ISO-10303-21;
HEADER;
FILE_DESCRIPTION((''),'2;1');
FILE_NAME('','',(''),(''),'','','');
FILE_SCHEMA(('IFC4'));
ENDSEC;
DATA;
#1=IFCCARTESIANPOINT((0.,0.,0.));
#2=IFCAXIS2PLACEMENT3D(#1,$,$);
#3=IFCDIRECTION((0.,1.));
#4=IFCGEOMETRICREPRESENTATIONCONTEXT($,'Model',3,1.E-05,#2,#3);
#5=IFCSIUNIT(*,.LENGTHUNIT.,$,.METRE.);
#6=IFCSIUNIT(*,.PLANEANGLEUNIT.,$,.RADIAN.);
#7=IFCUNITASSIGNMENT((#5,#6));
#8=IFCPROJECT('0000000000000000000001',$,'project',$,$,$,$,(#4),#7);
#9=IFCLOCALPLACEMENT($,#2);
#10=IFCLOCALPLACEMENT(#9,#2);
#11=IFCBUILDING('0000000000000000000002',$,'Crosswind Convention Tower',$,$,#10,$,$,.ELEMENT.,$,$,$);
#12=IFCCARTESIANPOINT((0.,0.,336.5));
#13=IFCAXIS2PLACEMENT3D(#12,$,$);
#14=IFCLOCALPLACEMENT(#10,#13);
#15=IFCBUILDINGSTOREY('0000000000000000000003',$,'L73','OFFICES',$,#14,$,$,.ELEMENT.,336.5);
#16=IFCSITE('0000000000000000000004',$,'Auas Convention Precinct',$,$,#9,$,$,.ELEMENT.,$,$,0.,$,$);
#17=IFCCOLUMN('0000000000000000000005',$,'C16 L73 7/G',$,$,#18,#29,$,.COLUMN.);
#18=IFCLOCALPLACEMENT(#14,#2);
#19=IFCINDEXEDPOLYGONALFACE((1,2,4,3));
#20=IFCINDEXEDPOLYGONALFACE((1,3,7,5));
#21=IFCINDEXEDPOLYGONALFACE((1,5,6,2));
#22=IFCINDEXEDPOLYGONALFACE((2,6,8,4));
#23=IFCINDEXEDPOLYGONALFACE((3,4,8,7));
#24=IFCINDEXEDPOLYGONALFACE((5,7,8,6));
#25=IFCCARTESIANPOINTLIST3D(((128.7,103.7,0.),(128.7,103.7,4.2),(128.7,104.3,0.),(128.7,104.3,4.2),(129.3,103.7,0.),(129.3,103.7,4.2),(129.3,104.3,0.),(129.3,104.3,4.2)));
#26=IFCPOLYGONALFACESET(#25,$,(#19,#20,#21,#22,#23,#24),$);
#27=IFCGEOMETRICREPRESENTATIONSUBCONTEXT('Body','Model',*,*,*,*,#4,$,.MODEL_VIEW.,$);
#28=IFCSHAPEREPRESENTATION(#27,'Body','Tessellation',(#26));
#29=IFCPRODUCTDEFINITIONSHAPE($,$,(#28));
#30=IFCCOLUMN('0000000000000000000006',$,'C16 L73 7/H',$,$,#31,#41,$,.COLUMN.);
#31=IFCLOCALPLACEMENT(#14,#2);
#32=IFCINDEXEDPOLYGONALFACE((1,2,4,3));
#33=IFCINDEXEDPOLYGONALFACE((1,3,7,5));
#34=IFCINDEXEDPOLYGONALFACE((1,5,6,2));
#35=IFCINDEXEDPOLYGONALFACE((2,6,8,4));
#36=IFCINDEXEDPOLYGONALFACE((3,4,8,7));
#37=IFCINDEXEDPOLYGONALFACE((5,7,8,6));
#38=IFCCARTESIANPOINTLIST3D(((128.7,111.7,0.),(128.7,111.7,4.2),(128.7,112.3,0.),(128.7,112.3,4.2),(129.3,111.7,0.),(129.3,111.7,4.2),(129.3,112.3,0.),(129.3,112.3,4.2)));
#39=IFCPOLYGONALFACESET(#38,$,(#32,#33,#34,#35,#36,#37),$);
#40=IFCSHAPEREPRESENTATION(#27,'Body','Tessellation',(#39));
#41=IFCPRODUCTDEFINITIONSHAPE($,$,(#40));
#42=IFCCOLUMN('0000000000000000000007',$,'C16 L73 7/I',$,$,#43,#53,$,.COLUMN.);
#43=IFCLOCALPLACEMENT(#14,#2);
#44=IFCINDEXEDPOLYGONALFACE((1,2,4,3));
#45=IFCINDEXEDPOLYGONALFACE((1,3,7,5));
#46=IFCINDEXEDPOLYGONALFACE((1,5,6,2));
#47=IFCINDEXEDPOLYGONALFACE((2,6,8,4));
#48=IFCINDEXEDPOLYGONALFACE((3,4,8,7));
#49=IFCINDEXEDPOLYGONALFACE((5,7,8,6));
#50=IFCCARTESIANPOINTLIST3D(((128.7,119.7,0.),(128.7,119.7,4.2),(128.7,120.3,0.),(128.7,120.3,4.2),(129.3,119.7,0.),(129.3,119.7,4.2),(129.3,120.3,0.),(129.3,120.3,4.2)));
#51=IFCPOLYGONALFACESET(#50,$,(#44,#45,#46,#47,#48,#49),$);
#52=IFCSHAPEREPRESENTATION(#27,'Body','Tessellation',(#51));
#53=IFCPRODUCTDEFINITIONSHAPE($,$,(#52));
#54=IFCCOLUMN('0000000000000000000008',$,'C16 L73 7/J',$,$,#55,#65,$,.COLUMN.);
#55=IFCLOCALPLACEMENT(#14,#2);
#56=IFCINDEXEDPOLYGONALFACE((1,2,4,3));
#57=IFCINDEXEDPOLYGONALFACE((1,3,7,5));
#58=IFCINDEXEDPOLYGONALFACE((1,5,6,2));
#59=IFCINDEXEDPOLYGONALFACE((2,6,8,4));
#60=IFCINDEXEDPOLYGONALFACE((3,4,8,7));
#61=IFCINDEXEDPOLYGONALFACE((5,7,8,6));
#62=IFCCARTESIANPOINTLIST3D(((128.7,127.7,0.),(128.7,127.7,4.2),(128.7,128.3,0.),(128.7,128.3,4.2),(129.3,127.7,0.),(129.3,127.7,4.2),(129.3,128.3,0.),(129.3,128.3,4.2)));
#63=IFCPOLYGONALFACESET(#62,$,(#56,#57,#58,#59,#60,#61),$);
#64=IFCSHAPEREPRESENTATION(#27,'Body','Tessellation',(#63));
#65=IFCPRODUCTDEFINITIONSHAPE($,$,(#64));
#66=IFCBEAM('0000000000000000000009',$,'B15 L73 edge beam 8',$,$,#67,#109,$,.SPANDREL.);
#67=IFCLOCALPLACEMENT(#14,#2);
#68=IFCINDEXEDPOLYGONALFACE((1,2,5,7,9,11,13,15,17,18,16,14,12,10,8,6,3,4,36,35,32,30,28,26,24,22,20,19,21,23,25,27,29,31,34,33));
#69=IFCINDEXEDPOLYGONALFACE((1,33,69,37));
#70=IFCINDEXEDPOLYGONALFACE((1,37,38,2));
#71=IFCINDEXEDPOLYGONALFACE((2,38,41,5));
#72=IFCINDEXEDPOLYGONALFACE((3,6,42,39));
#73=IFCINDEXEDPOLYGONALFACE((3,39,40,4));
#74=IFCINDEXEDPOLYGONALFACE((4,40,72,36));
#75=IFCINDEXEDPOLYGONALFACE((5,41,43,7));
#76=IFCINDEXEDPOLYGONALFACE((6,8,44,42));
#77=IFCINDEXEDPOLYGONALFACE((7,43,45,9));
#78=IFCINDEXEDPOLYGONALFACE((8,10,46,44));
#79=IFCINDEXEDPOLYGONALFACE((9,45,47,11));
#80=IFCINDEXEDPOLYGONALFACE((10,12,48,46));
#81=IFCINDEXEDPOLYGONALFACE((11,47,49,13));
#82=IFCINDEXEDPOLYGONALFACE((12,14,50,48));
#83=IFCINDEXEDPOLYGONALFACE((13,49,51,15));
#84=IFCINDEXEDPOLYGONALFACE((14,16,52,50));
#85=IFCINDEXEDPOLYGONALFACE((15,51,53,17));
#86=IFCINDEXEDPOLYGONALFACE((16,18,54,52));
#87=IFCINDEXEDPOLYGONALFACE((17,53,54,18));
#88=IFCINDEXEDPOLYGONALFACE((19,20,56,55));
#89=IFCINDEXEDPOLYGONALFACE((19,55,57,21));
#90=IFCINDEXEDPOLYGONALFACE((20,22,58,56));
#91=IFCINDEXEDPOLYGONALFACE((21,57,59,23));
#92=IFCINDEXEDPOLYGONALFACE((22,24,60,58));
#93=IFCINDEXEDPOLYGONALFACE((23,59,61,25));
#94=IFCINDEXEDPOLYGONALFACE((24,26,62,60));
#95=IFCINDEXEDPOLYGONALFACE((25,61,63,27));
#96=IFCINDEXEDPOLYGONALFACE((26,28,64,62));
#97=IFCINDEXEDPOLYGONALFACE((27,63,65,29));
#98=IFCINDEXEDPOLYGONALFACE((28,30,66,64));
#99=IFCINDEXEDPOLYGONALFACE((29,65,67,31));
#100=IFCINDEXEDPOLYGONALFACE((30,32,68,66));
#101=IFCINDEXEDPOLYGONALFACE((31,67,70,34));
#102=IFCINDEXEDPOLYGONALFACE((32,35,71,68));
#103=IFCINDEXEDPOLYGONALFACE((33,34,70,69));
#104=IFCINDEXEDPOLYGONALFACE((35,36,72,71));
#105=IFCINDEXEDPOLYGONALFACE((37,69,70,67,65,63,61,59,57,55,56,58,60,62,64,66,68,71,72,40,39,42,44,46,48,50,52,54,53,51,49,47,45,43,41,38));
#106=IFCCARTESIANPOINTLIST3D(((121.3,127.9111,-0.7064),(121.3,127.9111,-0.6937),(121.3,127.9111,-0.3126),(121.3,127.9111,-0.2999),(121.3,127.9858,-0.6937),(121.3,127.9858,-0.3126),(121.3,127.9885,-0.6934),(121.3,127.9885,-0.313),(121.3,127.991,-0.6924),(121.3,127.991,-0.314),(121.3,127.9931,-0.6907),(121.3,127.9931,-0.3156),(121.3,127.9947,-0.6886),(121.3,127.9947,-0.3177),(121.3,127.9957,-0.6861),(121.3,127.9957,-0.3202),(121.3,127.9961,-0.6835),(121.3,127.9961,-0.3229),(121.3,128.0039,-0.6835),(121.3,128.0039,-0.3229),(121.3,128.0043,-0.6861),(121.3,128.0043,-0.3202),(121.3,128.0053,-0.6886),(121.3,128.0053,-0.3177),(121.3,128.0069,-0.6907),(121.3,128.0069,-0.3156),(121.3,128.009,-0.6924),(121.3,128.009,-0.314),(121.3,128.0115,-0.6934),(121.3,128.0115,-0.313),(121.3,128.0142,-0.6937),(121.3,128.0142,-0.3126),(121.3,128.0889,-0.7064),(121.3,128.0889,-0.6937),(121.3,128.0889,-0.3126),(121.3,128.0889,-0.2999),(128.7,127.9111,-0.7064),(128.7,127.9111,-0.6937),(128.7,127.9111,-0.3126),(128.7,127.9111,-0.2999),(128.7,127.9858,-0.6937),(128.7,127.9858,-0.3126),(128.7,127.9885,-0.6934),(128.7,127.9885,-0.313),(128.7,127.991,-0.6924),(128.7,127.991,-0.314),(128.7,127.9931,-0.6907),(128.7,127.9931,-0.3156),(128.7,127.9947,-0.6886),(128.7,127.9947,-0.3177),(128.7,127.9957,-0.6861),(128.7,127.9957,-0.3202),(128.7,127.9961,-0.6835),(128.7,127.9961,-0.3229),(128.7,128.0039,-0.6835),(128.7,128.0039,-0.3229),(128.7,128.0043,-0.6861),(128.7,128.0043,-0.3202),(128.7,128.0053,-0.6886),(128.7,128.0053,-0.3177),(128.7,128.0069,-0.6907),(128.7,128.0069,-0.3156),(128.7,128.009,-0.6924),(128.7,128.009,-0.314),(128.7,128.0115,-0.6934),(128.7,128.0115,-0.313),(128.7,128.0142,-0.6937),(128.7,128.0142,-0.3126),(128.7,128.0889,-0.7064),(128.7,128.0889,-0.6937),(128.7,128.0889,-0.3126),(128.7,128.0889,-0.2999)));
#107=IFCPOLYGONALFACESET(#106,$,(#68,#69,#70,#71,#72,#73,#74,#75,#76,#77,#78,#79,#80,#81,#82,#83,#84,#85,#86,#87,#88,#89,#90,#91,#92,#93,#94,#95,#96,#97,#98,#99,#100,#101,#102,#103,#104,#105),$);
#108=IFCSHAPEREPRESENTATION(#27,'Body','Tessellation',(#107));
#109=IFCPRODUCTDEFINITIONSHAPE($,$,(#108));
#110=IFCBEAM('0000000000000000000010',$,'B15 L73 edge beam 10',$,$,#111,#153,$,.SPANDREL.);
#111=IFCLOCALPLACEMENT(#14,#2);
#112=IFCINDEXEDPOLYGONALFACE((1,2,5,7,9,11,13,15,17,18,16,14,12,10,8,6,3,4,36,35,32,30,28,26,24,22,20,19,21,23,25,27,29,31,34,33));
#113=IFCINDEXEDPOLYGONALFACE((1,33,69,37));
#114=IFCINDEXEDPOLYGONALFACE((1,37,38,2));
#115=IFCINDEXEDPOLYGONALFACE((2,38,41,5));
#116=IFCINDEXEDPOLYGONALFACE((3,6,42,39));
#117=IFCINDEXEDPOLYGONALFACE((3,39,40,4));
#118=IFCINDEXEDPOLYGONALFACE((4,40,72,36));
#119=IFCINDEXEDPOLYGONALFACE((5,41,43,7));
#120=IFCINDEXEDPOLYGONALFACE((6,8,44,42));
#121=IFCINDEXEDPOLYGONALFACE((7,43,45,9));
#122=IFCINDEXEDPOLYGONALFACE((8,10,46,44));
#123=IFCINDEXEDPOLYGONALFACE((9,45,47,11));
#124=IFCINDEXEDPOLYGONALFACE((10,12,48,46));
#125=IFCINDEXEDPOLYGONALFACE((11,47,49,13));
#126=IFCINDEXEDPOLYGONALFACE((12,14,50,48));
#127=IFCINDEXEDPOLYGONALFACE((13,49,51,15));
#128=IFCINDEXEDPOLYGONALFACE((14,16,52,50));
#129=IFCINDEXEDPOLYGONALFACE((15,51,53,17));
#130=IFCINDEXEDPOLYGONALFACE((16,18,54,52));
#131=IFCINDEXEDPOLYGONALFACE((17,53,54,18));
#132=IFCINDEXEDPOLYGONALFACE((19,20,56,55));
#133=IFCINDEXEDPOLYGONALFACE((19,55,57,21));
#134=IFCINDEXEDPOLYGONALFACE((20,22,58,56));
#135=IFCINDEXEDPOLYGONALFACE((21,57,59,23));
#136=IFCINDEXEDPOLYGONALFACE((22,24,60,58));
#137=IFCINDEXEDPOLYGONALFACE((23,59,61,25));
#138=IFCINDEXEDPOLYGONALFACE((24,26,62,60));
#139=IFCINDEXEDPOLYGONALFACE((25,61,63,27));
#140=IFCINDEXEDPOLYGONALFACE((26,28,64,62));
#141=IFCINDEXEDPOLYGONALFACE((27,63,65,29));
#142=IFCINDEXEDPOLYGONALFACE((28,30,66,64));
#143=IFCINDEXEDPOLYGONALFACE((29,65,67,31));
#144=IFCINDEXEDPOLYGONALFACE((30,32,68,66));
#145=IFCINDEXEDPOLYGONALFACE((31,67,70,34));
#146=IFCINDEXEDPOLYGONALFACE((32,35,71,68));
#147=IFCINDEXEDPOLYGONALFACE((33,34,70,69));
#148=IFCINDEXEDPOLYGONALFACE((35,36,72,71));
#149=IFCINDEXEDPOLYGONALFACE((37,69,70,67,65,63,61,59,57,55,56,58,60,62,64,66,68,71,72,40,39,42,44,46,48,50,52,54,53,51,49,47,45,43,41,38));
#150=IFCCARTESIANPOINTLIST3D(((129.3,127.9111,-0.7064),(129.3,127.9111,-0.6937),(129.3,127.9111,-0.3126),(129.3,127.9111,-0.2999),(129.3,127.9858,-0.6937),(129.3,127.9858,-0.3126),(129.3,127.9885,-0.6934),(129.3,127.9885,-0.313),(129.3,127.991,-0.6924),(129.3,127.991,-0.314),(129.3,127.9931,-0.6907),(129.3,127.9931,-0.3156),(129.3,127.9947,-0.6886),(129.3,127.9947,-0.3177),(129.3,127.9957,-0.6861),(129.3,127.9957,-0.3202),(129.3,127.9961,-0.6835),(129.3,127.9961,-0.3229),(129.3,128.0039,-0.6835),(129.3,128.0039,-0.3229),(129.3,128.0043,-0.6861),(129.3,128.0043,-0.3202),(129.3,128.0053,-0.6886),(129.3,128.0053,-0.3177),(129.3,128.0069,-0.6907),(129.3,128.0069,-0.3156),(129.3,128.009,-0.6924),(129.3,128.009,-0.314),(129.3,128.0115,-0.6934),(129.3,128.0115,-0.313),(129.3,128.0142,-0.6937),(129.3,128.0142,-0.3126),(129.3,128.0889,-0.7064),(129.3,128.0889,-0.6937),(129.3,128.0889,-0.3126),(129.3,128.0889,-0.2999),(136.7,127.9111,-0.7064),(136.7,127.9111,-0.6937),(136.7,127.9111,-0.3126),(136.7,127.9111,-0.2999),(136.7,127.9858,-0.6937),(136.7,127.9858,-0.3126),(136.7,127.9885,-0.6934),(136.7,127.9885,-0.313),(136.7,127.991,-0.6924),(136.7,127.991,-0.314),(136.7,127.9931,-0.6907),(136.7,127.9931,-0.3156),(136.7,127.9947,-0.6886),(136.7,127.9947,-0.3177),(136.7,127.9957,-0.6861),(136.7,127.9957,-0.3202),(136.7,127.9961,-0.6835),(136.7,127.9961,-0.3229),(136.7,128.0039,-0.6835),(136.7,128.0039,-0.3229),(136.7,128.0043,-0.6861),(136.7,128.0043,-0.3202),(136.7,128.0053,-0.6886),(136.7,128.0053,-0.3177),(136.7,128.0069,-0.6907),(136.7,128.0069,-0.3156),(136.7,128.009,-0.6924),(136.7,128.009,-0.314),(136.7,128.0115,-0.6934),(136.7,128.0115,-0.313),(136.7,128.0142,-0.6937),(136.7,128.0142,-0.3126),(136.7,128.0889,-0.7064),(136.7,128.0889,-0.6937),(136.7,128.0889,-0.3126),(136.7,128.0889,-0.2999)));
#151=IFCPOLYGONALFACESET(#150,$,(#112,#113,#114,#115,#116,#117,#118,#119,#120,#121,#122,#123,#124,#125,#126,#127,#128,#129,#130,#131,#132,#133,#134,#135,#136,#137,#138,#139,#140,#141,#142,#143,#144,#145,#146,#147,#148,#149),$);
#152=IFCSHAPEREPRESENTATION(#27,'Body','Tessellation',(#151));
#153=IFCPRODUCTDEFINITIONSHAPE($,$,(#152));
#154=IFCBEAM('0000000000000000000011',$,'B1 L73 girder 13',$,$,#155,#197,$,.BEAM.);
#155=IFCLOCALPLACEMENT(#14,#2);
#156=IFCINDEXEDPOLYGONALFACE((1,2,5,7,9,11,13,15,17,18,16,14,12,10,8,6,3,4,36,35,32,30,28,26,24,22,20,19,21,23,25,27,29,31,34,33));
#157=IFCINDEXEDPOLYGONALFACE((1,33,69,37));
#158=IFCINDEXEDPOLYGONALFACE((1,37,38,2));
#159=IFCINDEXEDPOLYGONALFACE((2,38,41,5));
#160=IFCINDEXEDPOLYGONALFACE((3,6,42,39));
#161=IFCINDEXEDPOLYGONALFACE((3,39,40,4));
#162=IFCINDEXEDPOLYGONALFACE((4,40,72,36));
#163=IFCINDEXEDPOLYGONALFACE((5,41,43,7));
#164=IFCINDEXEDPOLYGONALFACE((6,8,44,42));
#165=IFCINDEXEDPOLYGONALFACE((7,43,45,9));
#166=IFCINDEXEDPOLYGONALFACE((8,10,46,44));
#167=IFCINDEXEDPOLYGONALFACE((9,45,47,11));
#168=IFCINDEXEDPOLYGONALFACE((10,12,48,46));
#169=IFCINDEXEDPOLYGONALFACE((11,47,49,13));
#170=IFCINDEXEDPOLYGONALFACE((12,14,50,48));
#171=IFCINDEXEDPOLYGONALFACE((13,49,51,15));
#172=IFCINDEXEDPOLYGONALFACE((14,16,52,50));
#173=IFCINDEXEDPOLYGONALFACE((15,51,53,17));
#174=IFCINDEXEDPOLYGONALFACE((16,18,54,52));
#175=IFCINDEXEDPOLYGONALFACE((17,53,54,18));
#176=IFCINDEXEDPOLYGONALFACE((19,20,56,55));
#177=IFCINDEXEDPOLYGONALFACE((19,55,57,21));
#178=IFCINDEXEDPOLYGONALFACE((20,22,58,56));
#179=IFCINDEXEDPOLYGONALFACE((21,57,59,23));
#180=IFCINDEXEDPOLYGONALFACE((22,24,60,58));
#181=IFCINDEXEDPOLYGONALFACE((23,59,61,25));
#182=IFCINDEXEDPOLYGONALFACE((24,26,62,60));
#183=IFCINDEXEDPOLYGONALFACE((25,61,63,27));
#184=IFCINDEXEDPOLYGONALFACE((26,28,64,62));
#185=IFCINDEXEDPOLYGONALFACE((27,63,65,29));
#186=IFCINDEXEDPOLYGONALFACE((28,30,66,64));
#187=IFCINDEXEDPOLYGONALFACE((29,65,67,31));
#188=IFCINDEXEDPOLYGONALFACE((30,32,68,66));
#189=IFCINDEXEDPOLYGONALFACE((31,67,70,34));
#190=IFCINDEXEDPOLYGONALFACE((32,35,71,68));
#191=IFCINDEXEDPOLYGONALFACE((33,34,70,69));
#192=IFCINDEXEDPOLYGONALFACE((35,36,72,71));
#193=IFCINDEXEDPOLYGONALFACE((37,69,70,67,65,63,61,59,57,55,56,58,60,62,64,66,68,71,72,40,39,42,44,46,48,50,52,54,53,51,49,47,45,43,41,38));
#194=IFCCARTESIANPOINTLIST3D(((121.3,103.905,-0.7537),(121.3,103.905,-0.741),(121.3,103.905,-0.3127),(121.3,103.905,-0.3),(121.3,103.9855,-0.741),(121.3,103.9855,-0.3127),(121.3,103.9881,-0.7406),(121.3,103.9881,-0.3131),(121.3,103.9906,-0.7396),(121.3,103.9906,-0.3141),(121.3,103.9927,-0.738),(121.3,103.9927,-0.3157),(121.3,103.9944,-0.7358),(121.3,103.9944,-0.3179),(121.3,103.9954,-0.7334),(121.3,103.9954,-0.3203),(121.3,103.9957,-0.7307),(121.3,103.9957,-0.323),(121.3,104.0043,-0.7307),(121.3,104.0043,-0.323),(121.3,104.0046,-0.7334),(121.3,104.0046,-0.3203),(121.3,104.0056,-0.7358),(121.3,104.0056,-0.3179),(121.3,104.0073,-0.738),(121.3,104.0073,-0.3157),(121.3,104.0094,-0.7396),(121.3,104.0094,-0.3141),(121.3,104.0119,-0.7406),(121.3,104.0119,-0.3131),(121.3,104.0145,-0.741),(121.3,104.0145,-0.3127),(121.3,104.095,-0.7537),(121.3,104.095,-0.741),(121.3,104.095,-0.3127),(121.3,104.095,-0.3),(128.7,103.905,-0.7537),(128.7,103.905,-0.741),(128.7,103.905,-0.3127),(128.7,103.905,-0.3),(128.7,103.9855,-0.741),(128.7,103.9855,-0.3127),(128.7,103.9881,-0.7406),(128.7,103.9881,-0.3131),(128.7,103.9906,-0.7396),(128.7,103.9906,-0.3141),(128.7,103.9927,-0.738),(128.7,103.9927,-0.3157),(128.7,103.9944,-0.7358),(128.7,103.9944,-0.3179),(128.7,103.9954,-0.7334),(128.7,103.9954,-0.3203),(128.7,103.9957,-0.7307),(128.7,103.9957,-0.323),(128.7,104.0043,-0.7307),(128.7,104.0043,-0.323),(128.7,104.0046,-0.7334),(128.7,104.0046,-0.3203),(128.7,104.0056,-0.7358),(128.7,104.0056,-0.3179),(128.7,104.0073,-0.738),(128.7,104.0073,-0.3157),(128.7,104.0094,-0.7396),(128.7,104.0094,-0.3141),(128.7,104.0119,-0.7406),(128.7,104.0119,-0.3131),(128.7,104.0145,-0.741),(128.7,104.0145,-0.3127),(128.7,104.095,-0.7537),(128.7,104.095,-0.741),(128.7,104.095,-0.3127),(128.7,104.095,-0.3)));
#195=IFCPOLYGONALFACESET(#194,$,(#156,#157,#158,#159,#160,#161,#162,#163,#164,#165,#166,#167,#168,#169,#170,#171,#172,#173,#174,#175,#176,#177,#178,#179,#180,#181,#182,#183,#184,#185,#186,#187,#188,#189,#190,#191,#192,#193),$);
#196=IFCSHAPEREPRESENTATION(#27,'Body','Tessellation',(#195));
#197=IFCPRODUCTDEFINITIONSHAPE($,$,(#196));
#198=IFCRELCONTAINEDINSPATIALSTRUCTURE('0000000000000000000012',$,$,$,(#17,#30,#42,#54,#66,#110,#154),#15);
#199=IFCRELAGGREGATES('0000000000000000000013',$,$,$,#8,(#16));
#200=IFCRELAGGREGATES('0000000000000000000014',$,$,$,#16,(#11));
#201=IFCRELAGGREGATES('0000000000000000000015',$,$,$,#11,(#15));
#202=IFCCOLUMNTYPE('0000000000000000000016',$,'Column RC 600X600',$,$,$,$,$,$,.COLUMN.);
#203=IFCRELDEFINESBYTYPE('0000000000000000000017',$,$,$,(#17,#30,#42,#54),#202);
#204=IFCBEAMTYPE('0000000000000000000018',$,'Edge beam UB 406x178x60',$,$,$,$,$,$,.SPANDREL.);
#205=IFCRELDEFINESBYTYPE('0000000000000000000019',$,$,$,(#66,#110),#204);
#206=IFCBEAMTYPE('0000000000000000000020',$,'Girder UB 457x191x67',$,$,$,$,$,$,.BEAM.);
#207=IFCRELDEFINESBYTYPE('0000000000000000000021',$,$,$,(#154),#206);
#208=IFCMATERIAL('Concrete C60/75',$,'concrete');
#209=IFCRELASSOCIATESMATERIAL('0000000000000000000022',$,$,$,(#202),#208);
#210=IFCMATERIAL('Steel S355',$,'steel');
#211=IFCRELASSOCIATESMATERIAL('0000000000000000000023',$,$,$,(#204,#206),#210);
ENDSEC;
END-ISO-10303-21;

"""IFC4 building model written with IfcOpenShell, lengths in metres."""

from ifc_helpers import new_model, si_unit, direction, frame, origin, origin_2d, place, context, subcontext, project, spatial, rectangle, i_section, extrude, material, material_profile, profile_set, type_object, element, save


model = new_model("IFC4")

# Units and contexts
model_context = context("Model", 3, precision=1e-05, world=origin(), true_north=direction((0.0, 1.0)))
body_context = subcontext(model_context, "Body", "Model", "MODEL_VIEW")
ifc_project = project(units=[si_unit("LENGTHUNIT", "METRE"), si_unit("PLANEANGLEUNIT", "RADIAN")], contexts=[model_context])

# Site, building, storey
site_placement = place(None, origin())
site = spatial("IfcSite", under=ifc_project, at=site_placement, Name="Auas Convention Precinct", CompositionType="ELEMENT", RefElevation=0.0)
building_placement = place(site_placement, origin())
building = spatial("IfcBuilding", under=site, at=building_placement, Name="Crosswind Convention Tower", CompositionType="ELEMENT")
storey_placement = place(building_placement, frame((0.0, 0.0, 336.5)))
storey = spatial("IfcBuildingStorey", under=building, at=storey_placement, Name="L73", Description="OFFICES", CompositionType="ELEMENT", Elevation=336.5)

# Columns
ifc_material_1 = material(Name="Concrete C60/75", Category="concrete")
ifc_material_profile_1 = material_profile(ifc_material_1, rectangle(XDim=0.6001, YDim=0.6001, at=origin_2d()), Name="RC 600X600")
ifc_profile_set_1 = profile_set([ifc_material_profile_1], Name="Concrete C60/75")
column_type = type_object("IfcColumnType", Name="Column RC 600X600", PredefinedType="COLUMN", material=ifc_profile_set_1)
for number, where, z_axis, x_axis, name in (
    (1, (129.0, 104.0, 0.0), (0.0, 0.0, 1.0), (1.0, 0.0, 0.0), "C16 L73 7/G"),
    (2, (129.0, 112.0, 0.0), (0.0, 0.0, 1.0), (1.0, 0.0, 0.0), "C16 L73 7/H"),
    (3, (129.0, 120.0, 0.0), (0.0, 0.0, 1.0), (1.0, 0.0, 0.0), "C16 L73 7/I"),
    (4, (129.0, 128.0, 0.0), (0.0, 0.0, 1.0), (1.0, 0.0, 0.0), "C16 L73 7/J"),
):
    element("IfcColumn", number, at=place(storey_placement, frame(where, z_axis=z_axis, x_axis=x_axis)), inside=storey, type_object=column_type, Name=name, PredefinedType="COLUMN", context=body_context, shape_type="SweptSolid", body=[
        extrude(rectangle(XDim=0.6001, YDim=0.6001, at=origin_2d()), origin(), (0.0, 0.0, 1.0), 4.2),
    ])

# Beams
ifc_material_2 = material(Name="Steel S355", Category="steel")
ifc_material_profile_2 = material_profile(ifc_material_2, i_section(OverallWidth=0.1777, OverallDepth=0.4065, WebThickness=0.0078, FlangeThickness=0.0127, FilletRadius=0.0103, at=origin_2d()), Name="UB 406x178x60")
ifc_profile_set_2 = profile_set([ifc_material_profile_2], Name="Steel S355")
beam_type_1 = type_object("IfcBeamType", Name="Edge beam UB 406x178x60", PredefinedType="SPANDREL", material=ifc_profile_set_2)
for number, where, z_axis, x_axis, name in (
    (5, (121.3, 128.0, -0.5032), (1.0, 0.0, 0.0), (0.0, 1.0, 0.0), "B15 L73 edge beam 8"),
    (6, (129.3, 128.0, -0.5032), (1.0, 0.0, 0.0), (0.0, 1.0, 0.0), "B15 L73 edge beam 10"),
):
    element("IfcBeam", number, at=place(storey_placement, frame(where, z_axis=z_axis, x_axis=x_axis)), inside=storey, type_object=beam_type_1, Name=name, PredefinedType="SPANDREL", context=body_context, shape_type="SweptSolid", body=[
        extrude(i_section(OverallWidth=0.1777, OverallDepth=0.4065, WebThickness=0.0078, FlangeThickness=0.0127, FilletRadius=0.0103, at=origin_2d()), origin(), (0.0, 0.0, 1.0), 7.3999),
    ])
ifc_material_profile_3 = material_profile(ifc_material_2, i_section(OverallWidth=0.1899, OverallDepth=0.4536, WebThickness=0.0085, FlangeThickness=0.0127, FilletRadius=0.0103, at=origin_2d()), Name="UB 457x191x67")
ifc_profile_set_3 = profile_set([ifc_material_profile_3], Name="Steel S355")
beam_type_2 = type_object("IfcBeamType", Name="Girder UB 457x191x67", PredefinedType="BEAM", material=ifc_profile_set_3)
for number, where, z_axis, x_axis, name in (
    (7, (121.3, 104.0, -0.5269), (1.0, 0.0, 0.0), (0.0, 1.0, 0.0), "B1 L73 girder 13"),
):
    element("IfcBeam", number, at=place(storey_placement, frame(where, z_axis=z_axis, x_axis=x_axis)), inside=storey, type_object=beam_type_2, Name=name, PredefinedType="BEAM", context=body_context, shape_type="SweptSolid", body=[
        extrude(i_section(OverallWidth=0.1899, OverallDepth=0.4536, WebThickness=0.0085, FlangeThickness=0.0127, FilletRadius=0.0103, at=origin_2d()), origin(), (0.0, 0.0, 1.0), 7.3999),
    ])

save(model, "model.ifc")
